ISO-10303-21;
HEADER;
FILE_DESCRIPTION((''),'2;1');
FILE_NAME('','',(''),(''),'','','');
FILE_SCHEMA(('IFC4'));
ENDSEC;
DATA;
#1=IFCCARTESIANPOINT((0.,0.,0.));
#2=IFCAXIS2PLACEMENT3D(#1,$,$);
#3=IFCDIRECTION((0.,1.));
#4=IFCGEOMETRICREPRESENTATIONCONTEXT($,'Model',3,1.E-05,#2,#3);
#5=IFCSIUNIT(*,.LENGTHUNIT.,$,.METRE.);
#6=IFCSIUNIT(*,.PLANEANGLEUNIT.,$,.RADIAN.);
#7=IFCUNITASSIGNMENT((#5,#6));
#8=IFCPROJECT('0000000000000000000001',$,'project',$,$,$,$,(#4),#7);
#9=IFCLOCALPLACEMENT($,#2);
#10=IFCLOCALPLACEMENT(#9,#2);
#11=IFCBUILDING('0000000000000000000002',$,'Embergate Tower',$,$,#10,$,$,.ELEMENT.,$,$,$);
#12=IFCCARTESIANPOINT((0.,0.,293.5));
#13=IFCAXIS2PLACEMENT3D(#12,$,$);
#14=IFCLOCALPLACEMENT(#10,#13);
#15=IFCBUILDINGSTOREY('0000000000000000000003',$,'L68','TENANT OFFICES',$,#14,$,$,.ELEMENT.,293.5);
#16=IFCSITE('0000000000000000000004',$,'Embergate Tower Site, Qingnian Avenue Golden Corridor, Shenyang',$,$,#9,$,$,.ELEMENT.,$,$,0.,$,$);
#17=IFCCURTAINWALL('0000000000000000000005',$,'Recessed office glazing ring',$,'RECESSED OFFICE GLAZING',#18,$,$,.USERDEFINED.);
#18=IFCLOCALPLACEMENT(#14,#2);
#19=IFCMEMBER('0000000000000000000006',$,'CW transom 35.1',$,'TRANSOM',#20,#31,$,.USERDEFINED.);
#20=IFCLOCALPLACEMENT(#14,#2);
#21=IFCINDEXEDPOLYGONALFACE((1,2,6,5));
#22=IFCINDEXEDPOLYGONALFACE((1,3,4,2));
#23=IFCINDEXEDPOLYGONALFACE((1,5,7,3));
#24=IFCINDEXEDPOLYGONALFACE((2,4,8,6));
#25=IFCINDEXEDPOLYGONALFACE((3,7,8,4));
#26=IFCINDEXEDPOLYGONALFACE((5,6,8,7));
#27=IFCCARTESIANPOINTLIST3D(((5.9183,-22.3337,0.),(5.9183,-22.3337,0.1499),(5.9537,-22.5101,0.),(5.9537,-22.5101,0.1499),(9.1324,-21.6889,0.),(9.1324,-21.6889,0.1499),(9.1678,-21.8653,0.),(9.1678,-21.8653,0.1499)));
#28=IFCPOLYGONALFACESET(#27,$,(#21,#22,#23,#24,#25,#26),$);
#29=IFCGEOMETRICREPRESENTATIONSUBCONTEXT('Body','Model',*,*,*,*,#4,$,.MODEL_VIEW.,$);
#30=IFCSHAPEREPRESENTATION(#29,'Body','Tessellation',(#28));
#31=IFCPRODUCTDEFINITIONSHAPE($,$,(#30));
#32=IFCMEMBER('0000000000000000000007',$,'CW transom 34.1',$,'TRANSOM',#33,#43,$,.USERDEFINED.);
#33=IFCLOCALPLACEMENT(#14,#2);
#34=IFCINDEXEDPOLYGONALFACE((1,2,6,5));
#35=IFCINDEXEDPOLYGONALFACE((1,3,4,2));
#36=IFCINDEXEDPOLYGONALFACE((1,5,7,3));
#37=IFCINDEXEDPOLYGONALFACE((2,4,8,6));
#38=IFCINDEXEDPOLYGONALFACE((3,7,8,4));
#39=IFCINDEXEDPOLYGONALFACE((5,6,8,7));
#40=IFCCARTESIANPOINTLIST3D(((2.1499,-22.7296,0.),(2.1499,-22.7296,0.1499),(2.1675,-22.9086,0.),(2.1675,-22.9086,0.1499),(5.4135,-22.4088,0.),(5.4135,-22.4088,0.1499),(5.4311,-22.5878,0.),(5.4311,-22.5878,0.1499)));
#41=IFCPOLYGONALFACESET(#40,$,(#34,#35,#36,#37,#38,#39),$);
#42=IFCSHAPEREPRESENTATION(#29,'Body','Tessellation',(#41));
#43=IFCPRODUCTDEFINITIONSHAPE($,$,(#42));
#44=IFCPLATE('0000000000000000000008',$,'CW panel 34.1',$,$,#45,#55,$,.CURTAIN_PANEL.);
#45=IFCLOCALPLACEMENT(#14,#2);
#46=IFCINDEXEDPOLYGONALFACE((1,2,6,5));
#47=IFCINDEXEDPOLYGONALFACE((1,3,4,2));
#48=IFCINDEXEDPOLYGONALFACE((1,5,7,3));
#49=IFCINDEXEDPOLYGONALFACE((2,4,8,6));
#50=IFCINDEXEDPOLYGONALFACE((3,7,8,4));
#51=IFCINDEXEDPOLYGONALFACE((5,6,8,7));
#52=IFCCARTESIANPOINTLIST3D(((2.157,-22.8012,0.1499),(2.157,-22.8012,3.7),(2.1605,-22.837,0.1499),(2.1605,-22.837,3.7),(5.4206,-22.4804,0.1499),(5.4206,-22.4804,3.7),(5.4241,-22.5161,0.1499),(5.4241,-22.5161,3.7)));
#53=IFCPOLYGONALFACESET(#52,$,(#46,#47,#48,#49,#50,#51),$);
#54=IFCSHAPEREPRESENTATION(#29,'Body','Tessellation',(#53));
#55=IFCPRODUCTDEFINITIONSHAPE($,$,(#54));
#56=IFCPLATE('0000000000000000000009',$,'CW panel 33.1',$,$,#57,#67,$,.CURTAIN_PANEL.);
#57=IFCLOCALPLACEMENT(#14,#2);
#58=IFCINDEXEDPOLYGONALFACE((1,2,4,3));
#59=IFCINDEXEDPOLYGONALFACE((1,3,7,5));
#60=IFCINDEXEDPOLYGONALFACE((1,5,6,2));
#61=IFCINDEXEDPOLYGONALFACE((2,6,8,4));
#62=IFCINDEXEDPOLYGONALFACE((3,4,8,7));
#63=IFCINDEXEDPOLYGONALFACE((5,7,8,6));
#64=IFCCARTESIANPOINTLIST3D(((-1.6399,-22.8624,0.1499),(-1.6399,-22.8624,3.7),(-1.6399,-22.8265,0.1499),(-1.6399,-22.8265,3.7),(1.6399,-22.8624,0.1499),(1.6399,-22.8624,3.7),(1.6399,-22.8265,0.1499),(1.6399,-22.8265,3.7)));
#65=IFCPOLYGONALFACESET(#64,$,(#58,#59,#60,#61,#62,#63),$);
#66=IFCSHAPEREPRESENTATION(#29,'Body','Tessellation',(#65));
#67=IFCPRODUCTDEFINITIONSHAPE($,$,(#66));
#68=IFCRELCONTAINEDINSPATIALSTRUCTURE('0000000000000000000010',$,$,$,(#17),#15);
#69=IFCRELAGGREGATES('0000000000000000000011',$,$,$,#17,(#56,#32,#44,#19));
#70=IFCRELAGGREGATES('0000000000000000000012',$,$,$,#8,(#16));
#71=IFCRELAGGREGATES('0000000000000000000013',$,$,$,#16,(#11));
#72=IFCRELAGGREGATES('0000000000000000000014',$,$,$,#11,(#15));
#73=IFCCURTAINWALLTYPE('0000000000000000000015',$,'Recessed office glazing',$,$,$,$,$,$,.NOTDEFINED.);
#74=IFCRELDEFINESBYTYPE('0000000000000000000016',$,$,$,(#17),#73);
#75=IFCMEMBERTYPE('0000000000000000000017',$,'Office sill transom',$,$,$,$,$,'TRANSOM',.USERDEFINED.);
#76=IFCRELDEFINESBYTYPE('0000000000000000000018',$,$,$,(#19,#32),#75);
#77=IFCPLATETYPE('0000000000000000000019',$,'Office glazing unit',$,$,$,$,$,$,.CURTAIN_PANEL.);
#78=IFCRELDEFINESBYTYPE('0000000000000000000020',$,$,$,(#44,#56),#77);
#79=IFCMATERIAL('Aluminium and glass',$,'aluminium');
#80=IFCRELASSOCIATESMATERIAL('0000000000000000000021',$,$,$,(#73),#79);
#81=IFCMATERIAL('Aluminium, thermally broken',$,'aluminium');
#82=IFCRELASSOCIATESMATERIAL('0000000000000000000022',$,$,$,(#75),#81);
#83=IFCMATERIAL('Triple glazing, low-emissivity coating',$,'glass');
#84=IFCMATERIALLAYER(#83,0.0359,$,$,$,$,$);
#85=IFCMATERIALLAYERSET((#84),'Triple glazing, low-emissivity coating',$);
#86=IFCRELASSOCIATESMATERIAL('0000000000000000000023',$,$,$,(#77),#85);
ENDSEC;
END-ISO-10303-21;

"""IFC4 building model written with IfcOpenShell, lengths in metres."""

from ifc_helpers import new_model, si_unit, direction, frame, origin, origin_2d, place, context, subcontext, project, spatial, rectangle, extrude, source, transform, mapped, material, layer, layer_set, material_profile, profile_set, type_object, element, aggregate, save


model = new_model("IFC4")

# Units and contexts
model_context = context("Model", 3, precision=1e-05, world=origin(), true_north=direction((0.0, 1.0)))
body_context = subcontext(model_context, "Body", "Model", "MODEL_VIEW")
ifc_project = project(units=[si_unit("LENGTHUNIT", "METRE"), si_unit("PLANEANGLEUNIT", "RADIAN")], contexts=[model_context])

# Site, building, storey
site_placement = place(None, origin())
site = spatial("IfcSite", under=ifc_project, at=site_placement, Name="Embergate Tower Site, Qingnian Avenue Golden Corridor, Shenyang", CompositionType="ELEMENT", RefElevation=0.0)
building_placement = place(site_placement, origin())
building = spatial("IfcBuilding", under=site, at=building_placement, Name="Embergate Tower", CompositionType="ELEMENT")
storey_placement = place(building_placement, frame((0.0, 0.0, 293.5)))
storey = spatial("IfcBuildingStorey", under=building, at=storey_placement, Name="L68", Description="TENANT OFFICES", CompositionType="ELEMENT", Elevation=293.5)

# Curtain wall, members
ifc_material_1 = material(Name="Aluminium and glass", Category="aluminium")
curtain_wall_type = type_object("IfcCurtainWallType", Name="Recessed office glazing", PredefinedType="NOTDEFINED", material=ifc_material_1)
curtain_wall_placement = place(storey_placement, origin())
curtain_wall = element("IfcCurtainWall", 1, at=curtain_wall_placement, inside=storey, type_object=curtain_wall_type, Name="Recessed office glazing ring", ObjectType="RECESSED OFFICE GLAZING", PredefinedType="USERDEFINED")
ifc_material_2 = material(Name="Aluminium, thermally broken", Category="aluminium")
ifc_material_profile_1 = material_profile(ifc_material_2, rectangle(XDim=0.1799, YDim=0.1499, at=origin_2d()), Name="AL 150x180")
ifc_profile_set_1 = profile_set([ifc_material_profile_1], Name="Aluminium, thermally broken")
member_type_1 = type_object("IfcMemberType", Name="Office sill transom", ElementType="TRANSOM", PredefinedType="USERDEFINED", material=ifc_profile_set_1)
shared_shape_1 = source(origin(), body_context, "Body", "SweptSolid", [
    extrude(rectangle(XDim=0.1799, YDim=0.1499, at=origin_2d()), origin(), (0.0, 0.0, 1.0), 3.2781),
])
member_1_placement = place(storey_placement, frame((5.936, -22.4219, 0.075), z_axis=(0.980466, 0.196689, 0.0), x_axis=(-0.196689, 0.980466, 0.0)))
member_1 = element("IfcMember", 2, at=member_1_placement, type_object=member_type_1, Name="CW transom 35.1", ObjectType="TRANSOM", PredefinedType="USERDEFINED", context=body_context, shape_type="MappedRepresentation", body=[
    mapped(shared_shape_1, transform((0.0, 0.0, 0.0))),
])
shared_shape_2 = source(origin(), body_context, "Body", "SweptSolid", [
    extrude(rectangle(XDim=0.1799, YDim=0.1499, at=origin_2d()), origin(), (0.0, 0.0, 1.0), 3.2793),
])
member_2_placement = place(storey_placement, frame((2.1587, -22.8191, 0.075), z_axis=(0.995204, 0.097823, 0.0), x_axis=(-0.097823, 0.995204, 0.0)))
member_2 = element("IfcMember", 3, at=member_2_placement, type_object=member_type_1, Name="CW transom 34.1", ObjectType="TRANSOM", PredefinedType="USERDEFINED", context=body_context, shape_type="MappedRepresentation", body=[
    mapped(shared_shape_2, transform((0.0, 0.0, 0.0))),
])

# Plates
ifc_material_3 = material(Name="Triple glazing, low-emissivity coating", Category="glass")
ifc_layer_1 = layer(ifc_material_3, 0.0359)
ifc_layer_set_1 = layer_set([ifc_layer_1], Name="Triple glazing, low-emissivity coating")
plate_type = type_object("IfcPlateType", Name="Office glazing unit", PredefinedType="CURTAIN_PANEL", material=ifc_layer_set_1)
shared_shape_3 = source(origin(), body_context, "Body", "SweptSolid", [
    extrude(rectangle(XDim=3.2793, YDim=0.0359, at=origin_2d()), origin(), (0.0, 0.0, 1.0), 3.55),
])
plate_1_placement = place(storey_placement, frame((3.7905, -22.6587, 0.1499), z_axis=(0.0, 0.0, 1.0), x_axis=(0.995203, 0.09783, 0.0)))
plate_1 = element("IfcPlate", 4, at=plate_1_placement, type_object=plate_type, Name="CW panel 34.1", PredefinedType="CURTAIN_PANEL", context=body_context, shape_type="MappedRepresentation", body=[
    mapped(shared_shape_3, transform((0.0, 0.0, 0.0))),
])
shared_shape_4 = source(origin(), body_context, "Body", "SweptSolid", [
    extrude(rectangle(XDim=3.2798, YDim=0.0359, at=origin_2d()), origin(), (0.0, 0.0, 1.0), 3.55),
])
plate_2_placement = place(storey_placement, frame((0.0, -22.8445, 0.1499), z_axis=(0.0, 0.0, 1.0), x_axis=(1.0, 0.0, 0.0)))
plate_2 = element("IfcPlate", 5, at=plate_2_placement, type_object=plate_type, Name="CW panel 33.1", PredefinedType="CURTAIN_PANEL", context=body_context, shape_type="MappedRepresentation", body=[
    mapped(shared_shape_4, transform((0.0, 0.0, 0.0))),
])
aggregate(curtain_wall, [plate_2, member_2, plate_1, member_1])

save(model, "model.ifc")
